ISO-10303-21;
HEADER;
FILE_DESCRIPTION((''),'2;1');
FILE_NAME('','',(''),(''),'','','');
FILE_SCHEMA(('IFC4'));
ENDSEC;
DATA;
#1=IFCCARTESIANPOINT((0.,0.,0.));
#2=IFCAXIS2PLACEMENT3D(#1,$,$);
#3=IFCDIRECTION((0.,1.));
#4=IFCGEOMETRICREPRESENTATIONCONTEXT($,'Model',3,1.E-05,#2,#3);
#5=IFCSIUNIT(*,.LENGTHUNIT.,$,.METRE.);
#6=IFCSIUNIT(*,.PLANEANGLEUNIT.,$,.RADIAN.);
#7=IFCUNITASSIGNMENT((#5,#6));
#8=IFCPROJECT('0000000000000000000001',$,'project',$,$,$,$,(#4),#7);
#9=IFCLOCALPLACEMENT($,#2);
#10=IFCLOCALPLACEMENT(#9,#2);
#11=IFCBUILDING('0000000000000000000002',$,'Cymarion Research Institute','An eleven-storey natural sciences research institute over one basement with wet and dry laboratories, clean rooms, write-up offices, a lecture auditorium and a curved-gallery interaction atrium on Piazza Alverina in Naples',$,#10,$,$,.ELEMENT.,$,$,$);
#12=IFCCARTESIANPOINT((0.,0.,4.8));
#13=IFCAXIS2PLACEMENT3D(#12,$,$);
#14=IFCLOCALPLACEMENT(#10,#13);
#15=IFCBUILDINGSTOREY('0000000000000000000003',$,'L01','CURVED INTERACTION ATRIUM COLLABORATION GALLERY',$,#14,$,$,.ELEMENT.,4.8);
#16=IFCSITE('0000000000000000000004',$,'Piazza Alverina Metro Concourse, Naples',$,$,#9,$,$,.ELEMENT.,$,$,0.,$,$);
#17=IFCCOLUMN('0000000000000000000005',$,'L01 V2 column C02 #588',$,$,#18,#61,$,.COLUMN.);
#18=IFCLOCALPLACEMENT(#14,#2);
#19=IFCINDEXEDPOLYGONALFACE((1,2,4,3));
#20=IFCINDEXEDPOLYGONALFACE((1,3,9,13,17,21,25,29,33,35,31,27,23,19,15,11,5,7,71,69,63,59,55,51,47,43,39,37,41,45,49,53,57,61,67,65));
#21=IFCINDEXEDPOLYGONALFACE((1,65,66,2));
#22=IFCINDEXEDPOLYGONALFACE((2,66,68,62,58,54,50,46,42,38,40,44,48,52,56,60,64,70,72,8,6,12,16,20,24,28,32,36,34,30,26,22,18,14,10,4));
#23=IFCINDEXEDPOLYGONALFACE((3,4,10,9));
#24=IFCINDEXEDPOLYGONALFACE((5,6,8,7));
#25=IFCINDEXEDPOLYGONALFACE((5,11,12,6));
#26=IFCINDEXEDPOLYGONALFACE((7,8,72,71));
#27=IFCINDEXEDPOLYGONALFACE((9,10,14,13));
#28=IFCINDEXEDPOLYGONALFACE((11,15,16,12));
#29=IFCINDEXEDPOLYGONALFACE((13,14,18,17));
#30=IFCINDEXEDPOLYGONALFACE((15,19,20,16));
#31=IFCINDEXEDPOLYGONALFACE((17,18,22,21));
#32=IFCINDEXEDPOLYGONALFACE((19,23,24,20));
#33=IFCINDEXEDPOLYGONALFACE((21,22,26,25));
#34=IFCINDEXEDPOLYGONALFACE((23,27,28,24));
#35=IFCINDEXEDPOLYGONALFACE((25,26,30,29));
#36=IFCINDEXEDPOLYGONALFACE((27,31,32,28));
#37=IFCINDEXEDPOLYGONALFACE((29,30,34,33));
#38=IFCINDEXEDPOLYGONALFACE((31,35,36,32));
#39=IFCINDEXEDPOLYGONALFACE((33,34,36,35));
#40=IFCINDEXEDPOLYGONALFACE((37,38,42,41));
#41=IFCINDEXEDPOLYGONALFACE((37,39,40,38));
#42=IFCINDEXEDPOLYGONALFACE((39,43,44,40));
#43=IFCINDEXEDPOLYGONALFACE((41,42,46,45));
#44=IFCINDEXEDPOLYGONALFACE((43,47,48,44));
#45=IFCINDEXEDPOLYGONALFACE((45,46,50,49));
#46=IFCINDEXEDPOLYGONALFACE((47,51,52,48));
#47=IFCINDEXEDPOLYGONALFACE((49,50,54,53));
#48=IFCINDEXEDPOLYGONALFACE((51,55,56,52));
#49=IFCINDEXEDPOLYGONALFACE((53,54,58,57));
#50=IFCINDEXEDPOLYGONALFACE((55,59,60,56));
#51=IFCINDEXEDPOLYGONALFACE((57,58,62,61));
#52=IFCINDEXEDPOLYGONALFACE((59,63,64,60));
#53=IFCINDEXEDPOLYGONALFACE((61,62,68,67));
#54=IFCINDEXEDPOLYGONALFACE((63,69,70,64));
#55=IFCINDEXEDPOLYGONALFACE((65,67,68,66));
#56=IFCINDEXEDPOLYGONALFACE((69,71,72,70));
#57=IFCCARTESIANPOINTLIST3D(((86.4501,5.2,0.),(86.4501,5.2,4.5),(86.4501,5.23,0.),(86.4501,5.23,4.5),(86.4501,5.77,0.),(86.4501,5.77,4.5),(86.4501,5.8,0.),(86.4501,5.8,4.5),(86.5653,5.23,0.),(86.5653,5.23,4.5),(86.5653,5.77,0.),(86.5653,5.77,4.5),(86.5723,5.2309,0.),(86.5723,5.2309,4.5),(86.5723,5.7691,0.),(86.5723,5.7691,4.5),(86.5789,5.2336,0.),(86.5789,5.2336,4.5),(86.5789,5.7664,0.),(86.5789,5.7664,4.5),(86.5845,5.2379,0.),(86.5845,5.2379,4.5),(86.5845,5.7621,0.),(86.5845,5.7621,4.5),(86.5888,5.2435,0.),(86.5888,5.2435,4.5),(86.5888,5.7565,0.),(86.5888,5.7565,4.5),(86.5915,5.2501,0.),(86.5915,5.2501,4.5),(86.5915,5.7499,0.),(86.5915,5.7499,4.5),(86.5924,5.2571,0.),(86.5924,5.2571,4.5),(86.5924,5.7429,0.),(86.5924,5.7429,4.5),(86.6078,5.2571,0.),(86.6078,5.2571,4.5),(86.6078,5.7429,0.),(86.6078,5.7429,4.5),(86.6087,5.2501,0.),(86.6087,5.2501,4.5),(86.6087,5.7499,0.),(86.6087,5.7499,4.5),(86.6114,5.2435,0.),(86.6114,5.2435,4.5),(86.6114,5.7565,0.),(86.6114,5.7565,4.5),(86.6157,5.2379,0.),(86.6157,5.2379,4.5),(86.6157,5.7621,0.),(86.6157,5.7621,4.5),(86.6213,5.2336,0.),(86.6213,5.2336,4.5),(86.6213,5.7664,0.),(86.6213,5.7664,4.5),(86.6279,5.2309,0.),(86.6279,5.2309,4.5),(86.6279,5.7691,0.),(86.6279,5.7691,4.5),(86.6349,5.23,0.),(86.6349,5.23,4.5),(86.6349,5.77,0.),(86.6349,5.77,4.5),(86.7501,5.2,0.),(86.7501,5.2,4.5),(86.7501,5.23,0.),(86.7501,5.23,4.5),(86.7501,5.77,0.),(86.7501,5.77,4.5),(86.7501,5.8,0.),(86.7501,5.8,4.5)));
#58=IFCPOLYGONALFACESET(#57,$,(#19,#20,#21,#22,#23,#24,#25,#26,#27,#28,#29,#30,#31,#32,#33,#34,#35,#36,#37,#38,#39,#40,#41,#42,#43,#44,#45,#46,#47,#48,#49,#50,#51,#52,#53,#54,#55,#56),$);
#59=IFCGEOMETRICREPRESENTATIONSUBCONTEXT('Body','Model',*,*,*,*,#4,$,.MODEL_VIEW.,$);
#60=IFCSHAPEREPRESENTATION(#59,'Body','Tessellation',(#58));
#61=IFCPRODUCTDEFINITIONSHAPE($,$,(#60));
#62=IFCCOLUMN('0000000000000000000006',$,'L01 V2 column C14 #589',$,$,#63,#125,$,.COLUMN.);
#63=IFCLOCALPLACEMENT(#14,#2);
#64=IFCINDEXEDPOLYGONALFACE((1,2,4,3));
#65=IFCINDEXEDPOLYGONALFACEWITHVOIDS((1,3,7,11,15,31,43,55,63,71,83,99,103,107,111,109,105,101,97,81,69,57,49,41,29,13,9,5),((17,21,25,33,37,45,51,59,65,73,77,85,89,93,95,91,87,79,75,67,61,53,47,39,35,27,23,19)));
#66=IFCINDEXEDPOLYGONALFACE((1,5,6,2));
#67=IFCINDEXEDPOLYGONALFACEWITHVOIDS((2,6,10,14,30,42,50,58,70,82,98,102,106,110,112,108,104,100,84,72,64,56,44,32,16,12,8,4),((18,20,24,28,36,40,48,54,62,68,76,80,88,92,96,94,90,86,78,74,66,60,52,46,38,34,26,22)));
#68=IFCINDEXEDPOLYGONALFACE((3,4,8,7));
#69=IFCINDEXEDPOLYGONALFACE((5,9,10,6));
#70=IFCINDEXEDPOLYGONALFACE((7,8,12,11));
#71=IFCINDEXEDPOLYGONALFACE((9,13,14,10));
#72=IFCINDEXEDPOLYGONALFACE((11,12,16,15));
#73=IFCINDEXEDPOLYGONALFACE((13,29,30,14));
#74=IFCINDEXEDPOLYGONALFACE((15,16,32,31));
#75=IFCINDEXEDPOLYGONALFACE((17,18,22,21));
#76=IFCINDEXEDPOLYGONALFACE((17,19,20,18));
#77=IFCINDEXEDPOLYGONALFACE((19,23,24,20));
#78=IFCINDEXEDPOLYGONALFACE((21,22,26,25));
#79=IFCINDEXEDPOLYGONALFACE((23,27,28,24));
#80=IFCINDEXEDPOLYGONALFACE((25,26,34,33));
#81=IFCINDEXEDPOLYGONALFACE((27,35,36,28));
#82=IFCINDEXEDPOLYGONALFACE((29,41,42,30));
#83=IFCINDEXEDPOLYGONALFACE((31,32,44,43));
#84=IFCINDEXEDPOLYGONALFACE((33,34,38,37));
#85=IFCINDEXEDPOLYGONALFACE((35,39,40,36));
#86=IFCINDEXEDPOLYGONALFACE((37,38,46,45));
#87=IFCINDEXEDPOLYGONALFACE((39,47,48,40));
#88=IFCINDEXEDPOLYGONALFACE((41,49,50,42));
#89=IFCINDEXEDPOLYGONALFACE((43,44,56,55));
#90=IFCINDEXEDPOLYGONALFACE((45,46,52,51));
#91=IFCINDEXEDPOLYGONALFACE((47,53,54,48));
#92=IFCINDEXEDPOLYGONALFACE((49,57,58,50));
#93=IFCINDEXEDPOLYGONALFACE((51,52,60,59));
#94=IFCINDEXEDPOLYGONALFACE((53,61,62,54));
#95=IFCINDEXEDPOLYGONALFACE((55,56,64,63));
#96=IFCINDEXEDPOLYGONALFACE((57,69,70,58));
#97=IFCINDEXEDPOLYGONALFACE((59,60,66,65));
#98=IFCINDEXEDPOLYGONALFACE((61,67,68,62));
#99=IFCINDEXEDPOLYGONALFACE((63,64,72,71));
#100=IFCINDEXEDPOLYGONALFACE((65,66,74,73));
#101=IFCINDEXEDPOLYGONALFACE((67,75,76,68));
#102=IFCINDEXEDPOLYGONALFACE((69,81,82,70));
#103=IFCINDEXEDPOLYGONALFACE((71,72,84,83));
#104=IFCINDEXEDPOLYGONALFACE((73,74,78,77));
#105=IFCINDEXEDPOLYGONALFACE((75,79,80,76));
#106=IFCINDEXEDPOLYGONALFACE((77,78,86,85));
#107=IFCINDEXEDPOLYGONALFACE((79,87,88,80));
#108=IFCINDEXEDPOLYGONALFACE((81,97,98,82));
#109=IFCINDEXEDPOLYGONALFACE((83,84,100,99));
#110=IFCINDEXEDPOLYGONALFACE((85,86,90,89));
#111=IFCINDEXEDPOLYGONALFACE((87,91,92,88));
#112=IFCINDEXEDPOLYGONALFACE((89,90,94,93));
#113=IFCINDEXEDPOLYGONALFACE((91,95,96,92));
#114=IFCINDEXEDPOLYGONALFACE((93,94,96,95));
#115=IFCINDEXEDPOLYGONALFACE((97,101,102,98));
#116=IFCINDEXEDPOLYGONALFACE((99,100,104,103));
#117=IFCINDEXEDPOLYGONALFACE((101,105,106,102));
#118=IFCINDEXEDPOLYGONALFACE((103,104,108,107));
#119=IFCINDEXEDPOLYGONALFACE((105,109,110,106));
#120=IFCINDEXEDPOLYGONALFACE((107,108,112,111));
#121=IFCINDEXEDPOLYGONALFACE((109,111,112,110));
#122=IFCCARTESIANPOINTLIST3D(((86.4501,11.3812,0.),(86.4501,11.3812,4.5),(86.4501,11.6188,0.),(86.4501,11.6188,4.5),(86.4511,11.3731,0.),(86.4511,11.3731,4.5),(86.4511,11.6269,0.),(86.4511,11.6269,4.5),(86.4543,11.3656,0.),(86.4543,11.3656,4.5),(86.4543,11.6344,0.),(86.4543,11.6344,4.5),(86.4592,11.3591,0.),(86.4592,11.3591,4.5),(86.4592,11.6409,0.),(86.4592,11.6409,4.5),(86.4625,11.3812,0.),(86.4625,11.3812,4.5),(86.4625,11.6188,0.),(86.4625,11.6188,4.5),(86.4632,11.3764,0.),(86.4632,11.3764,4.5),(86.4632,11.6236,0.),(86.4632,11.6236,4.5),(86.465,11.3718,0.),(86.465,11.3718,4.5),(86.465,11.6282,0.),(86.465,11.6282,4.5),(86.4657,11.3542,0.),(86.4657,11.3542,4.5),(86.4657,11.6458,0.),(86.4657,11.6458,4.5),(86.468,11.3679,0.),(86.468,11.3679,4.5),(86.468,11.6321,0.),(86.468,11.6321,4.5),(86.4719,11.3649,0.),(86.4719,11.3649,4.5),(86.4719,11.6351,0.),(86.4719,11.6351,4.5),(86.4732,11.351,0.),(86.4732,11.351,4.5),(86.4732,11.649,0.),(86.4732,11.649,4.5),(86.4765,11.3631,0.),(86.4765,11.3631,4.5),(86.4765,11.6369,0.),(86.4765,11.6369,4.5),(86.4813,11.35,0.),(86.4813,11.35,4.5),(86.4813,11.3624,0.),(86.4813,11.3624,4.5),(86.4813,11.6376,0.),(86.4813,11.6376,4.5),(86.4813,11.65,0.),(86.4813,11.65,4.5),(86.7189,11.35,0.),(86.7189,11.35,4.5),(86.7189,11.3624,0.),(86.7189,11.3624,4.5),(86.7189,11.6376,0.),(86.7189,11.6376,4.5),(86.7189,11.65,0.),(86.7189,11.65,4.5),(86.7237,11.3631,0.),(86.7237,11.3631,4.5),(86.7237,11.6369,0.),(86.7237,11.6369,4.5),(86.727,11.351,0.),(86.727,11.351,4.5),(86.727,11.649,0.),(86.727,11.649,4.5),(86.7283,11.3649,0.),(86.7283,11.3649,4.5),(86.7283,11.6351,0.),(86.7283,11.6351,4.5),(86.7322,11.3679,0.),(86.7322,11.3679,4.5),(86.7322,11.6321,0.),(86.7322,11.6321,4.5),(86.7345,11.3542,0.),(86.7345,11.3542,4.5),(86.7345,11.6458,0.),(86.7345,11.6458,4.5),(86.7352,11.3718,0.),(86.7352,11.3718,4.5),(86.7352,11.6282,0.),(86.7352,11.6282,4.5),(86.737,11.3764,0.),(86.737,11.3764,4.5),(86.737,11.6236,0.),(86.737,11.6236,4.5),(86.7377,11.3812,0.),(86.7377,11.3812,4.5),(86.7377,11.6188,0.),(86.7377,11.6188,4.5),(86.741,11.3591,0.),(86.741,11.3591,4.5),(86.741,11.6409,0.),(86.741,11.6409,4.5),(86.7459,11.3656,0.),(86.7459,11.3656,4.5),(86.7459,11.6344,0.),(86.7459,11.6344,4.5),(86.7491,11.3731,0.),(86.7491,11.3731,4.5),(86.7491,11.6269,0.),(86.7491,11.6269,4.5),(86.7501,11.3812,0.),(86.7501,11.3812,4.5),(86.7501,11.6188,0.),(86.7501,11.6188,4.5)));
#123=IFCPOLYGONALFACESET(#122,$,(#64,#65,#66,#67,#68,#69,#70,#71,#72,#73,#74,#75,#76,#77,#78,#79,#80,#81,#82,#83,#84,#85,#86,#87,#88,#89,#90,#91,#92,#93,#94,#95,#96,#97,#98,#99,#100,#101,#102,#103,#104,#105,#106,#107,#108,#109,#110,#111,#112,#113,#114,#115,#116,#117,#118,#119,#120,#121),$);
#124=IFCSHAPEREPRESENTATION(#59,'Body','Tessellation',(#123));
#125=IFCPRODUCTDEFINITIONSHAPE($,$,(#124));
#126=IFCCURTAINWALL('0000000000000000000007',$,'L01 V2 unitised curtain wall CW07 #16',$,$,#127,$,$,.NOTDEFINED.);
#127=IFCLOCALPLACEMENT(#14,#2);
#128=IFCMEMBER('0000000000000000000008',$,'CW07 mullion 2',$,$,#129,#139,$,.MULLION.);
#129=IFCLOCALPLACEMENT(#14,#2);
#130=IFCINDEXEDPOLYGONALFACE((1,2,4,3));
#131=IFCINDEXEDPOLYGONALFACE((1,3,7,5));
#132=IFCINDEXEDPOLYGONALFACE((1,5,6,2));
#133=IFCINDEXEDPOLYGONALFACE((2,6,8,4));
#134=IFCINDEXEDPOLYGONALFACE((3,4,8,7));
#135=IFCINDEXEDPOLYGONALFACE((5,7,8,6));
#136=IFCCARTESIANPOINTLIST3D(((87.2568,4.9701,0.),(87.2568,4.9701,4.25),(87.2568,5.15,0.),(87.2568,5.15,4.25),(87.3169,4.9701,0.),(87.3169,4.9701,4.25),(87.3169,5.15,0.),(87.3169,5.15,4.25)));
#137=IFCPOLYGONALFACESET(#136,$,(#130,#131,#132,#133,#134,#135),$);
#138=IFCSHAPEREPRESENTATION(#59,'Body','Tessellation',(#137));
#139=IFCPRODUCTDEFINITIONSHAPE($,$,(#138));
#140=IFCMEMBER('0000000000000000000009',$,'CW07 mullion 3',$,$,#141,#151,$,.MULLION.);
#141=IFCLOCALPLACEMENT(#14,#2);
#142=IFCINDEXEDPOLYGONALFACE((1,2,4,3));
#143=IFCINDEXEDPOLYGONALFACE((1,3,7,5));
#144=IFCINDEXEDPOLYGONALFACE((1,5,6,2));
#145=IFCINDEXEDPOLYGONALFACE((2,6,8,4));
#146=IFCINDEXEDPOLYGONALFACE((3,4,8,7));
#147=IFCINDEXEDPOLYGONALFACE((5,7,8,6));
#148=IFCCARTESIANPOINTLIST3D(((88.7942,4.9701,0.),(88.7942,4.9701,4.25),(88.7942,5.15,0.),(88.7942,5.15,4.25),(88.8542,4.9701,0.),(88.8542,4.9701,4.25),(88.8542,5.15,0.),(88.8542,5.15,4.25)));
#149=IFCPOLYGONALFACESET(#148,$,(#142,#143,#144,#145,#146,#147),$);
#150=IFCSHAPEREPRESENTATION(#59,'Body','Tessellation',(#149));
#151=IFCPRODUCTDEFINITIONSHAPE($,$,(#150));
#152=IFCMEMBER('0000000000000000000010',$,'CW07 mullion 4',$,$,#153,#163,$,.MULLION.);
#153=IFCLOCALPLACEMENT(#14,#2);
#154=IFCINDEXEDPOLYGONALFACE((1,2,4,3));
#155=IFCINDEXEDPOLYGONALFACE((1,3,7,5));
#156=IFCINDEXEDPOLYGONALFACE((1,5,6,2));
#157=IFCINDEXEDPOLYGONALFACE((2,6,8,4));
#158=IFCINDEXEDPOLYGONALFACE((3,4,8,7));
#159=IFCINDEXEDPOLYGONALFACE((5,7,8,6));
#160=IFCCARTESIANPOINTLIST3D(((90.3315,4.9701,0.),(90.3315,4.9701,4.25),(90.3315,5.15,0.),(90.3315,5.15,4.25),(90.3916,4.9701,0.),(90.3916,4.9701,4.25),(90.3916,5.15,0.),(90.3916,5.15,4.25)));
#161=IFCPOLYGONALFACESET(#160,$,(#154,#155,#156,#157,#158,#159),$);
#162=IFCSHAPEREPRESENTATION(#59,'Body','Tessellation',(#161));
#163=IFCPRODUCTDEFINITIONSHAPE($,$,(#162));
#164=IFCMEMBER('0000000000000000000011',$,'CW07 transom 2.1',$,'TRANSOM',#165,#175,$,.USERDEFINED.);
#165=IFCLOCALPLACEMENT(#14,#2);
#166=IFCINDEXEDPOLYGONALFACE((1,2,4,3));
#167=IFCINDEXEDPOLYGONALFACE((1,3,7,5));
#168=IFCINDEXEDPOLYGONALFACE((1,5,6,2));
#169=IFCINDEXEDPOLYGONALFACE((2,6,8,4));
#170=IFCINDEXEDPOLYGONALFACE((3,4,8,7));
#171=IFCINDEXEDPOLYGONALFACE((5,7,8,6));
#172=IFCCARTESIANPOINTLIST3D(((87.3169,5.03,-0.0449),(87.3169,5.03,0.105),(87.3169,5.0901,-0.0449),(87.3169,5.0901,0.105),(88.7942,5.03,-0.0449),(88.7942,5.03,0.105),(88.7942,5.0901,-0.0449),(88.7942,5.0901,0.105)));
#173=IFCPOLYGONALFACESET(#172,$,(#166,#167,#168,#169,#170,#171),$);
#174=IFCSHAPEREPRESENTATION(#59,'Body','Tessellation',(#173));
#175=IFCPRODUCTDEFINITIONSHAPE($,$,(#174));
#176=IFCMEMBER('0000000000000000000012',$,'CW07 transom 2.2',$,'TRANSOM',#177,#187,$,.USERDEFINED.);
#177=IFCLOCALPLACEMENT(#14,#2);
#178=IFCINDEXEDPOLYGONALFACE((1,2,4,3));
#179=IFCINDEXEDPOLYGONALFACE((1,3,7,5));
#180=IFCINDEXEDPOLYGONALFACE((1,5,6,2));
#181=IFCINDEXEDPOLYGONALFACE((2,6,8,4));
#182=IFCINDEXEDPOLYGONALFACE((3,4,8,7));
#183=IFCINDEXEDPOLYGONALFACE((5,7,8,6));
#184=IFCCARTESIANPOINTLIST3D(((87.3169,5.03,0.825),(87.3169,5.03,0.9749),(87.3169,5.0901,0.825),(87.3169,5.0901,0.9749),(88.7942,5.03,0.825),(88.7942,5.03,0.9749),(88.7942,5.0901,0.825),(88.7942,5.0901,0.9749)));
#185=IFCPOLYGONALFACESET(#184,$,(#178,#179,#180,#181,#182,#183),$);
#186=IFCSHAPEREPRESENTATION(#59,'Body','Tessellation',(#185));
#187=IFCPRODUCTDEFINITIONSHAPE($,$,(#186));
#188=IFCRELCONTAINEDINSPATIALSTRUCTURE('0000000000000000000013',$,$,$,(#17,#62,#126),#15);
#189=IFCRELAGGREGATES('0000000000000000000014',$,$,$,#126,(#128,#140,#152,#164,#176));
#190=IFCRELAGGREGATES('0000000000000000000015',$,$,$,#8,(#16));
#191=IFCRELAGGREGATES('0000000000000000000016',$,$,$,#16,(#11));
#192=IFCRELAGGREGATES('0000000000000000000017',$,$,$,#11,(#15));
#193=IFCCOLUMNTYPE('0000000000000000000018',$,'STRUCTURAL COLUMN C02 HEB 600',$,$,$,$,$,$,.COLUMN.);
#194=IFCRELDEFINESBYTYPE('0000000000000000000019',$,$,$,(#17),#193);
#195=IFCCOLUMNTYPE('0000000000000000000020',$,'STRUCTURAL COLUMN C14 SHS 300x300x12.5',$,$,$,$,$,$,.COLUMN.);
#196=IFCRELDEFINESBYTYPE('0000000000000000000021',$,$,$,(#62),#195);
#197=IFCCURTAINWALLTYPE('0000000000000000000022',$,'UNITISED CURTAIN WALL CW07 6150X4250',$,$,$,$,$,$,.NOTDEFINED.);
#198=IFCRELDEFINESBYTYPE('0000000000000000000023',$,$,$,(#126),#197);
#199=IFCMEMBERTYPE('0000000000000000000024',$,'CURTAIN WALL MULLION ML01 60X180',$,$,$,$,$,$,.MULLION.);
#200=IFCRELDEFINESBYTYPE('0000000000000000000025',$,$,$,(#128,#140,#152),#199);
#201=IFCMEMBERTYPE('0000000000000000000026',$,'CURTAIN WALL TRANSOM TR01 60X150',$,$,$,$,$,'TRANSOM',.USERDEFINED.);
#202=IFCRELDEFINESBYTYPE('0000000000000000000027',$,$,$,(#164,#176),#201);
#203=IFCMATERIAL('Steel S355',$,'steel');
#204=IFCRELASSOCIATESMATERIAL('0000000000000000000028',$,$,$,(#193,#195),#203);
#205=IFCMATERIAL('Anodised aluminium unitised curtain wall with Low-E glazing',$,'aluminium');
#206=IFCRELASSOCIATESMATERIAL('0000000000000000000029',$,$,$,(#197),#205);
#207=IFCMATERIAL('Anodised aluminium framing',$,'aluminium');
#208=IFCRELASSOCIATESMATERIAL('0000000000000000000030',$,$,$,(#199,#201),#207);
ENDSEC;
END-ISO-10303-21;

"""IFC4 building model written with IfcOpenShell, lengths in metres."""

from ifc_helpers import new_model, si_unit, direction, frame, origin, origin_2d, place, context, subcontext, project, spatial, rectangle, hollow_rectangle, i_section, extrude, material, material_profile, profile_set, type_object, element, aggregate, save


model = new_model("IFC4")

# Units and contexts
model_context = context("Model", 3, precision=1e-05, world=origin(), true_north=direction((0.0, 1.0)))
body_context = subcontext(model_context, "Body", "Model", "MODEL_VIEW")
ifc_project = project(units=[si_unit("LENGTHUNIT", "METRE"), si_unit("PLANEANGLEUNIT", "RADIAN")], contexts=[model_context])

# Site, building, storey
site_placement = place(None, origin())
site = spatial("IfcSite", under=ifc_project, at=site_placement, Name="Piazza Alverina Metro Concourse, Naples", CompositionType="ELEMENT", RefElevation=0.0)
building_placement = place(site_placement, origin())
building = spatial("IfcBuilding", under=site, at=building_placement, Name="Cymarion Research Institute", Description="An eleven-storey natural sciences research institute over one basement with wet and dry laboratories, clean rooms, write-up offices, a lecture auditorium and a curved-gallery interaction atrium on Piazza Alverina in Naples", CompositionType="ELEMENT")
storey_placement = place(building_placement, frame((0.0, 0.0, 4.8)))
storey = spatial("IfcBuildingStorey", under=building, at=storey_placement, Name="L01", Description="CURVED INTERACTION ATRIUM COLLABORATION GALLERY", CompositionType="ELEMENT", Elevation=4.8)

# Columns
ifc_material_1 = material(Name="Steel S355", Category="steel")
ifc_material_profile_1 = material_profile(ifc_material_1, i_section(OverallWidth=0.3, OverallDepth=0.6001, WebThickness=0.0154, FlangeThickness=0.03, FilletRadius=0.0271, at=origin_2d()), Name="HEB 600")
ifc_profile_set_1 = profile_set([ifc_material_profile_1], Name="Steel S355")
column_type_1 = type_object("IfcColumnType", Name="STRUCTURAL COLUMN C02 HEB 600", PredefinedType="COLUMN", material=ifc_profile_set_1)
column_1_placement = place(storey_placement, frame((86.6001, 5.5, 0.0), z_axis=(0.0, 0.0, 1.0), x_axis=(1.0, 0.0, 0.0)))
element("IfcColumn", 1, at=column_1_placement, inside=storey, type_object=column_type_1, Name="L01 V2 column C02 #588", PredefinedType="COLUMN", context=body_context, shape_type="SweptSolid", body=[
    extrude(i_section(OverallWidth=0.3, OverallDepth=0.6001, WebThickness=0.0154, FlangeThickness=0.03, FilletRadius=0.0271, at=origin_2d()), origin(), (0.0, 0.0, 1.0), 4.5),
])
ifc_material_profile_2 = material_profile(ifc_material_1, hollow_rectangle(XDim=0.3, YDim=0.3, WallThickness=0.0125, InnerFilletRadius=0.0188, OuterFilletRadius=0.0312, at=origin_2d()), Name="SHS 300x300x12.5")
ifc_profile_set_2 = profile_set([ifc_material_profile_2], Name="Steel S355")
column_type_2 = type_object("IfcColumnType", Name="STRUCTURAL COLUMN C14 SHS 300x300x12.5", PredefinedType="COLUMN", material=ifc_profile_set_2)
column_2_placement = place(storey_placement, frame((86.6001, 11.5, 0.0), z_axis=(0.0, 0.0, 1.0), x_axis=(1.0, 0.0, 0.0)))
element("IfcColumn", 2, at=column_2_placement, inside=storey, type_object=column_type_2, Name="L01 V2 column C14 #589", PredefinedType="COLUMN", context=body_context, shape_type="SweptSolid", body=[
    extrude(hollow_rectangle(XDim=0.3, YDim=0.3, WallThickness=0.0125, InnerFilletRadius=0.0188, OuterFilletRadius=0.0312, at=origin_2d()), origin(), (0.0, 0.0, 1.0), 4.5),
])

# Curtain wall, members
ifc_material_2 = material(Name="Anodised aluminium unitised curtain wall with Low-E glazing", Category="aluminium")
curtain_wall_type = type_object("IfcCurtainWallType", Name="UNITISED CURTAIN WALL CW07 6150X4250", PredefinedType="NOTDEFINED", material=ifc_material_2)
curtain_wall_placement = place(storey_placement, origin())
curtain_wall = element("IfcCurtainWall", 3, at=curtain_wall_placement, inside=storey, type_object=curtain_wall_type, Name="L01 V2 unitised curtain wall CW07 #16", PredefinedType="NOTDEFINED")
ifc_material_3 = material(Name="Anodised aluminium framing", Category="aluminium")
ifc_material_profile_3 = material_profile(ifc_material_3, rectangle(XDim=0.0601, YDim=0.1799, at=origin_2d()), Name="ALU MULLION 60x180")
ifc_profile_set_3 = profile_set([ifc_material_profile_3], Name="Anodised aluminium framing")
member_type_1 = type_object("IfcMemberType", Name="CURTAIN WALL MULLION ML01 60X180", PredefinedType="MULLION", material=ifc_profile_set_3)
member_1_placement = place(storey_placement, frame((87.2869, 5.0601, 0.0), z_axis=(0.0, 0.0, 1.0), x_axis=(1.0, 0.0, 0.0)))
member_1 = element("IfcMember", 4, at=member_1_placement, type_object=member_type_1, Name="CW07 mullion 2", PredefinedType="MULLION", context=body_context, shape_type="SweptSolid", body=[
    extrude(rectangle(XDim=0.0601, YDim=0.1799, at=origin_2d()), origin(), (0.0, 0.0, 1.0), 4.25),
])
member_2_placement = place(storey_placement, frame((88.8242, 5.0601, 0.0), z_axis=(0.0, 0.0, 1.0), x_axis=(1.0, 0.0, 0.0)))
member_2 = element("IfcMember", 5, at=member_2_placement, type_object=member_type_1, Name="CW07 mullion 3", PredefinedType="MULLION", context=body_context, shape_type="SweptSolid", body=[
    extrude(rectangle(XDim=0.0601, YDim=0.1799, at=origin_2d()), origin(), (0.0, 0.0, 1.0), 4.25),
])
member_3_placement = place(storey_placement, frame((90.3616, 5.0601, 0.0), z_axis=(0.0, 0.0, 1.0), x_axis=(1.0, 0.0, 0.0)))
member_3 = element("IfcMember", 6, at=member_3_placement, type_object=member_type_1, Name="CW07 mullion 4", PredefinedType="MULLION", context=body_context, shape_type="SweptSolid", body=[
    extrude(rectangle(XDim=0.0601, YDim=0.1799, at=origin_2d()), origin(), (0.0, 0.0, 1.0), 4.25),
])
ifc_material_profile_4 = material_profile(ifc_material_3, rectangle(XDim=0.0601, YDim=0.1499, at=origin_2d()), Name="ALU TRANSOM 60x150")
ifc_profile_set_4 = profile_set([ifc_material_profile_4], Name="Anodised aluminium framing")
member_type_2 = type_object("IfcMemberType", Name="CURTAIN WALL TRANSOM TR01 60X150", ElementType="TRANSOM", PredefinedType="USERDEFINED", material=ifc_profile_set_4)
member_4_placement = place(storey_placement, frame((87.3169, 5.0601, 0.03), z_axis=(1.0, 0.0, 0.0), x_axis=(0.0, 1.0, 0.0)))
member_4 = element("IfcMember", 7, at=member_4_placement, type_object=member_type_2, Name="CW07 transom 2.1", ObjectType="TRANSOM", PredefinedType="USERDEFINED", context=body_context, shape_type="SweptSolid", body=[
    extrude(rectangle(XDim=0.0601, YDim=0.1499, at=origin_2d()), origin(), (0.0, 0.0, 1.0), 1.4773),
])
member_5_placement = place(storey_placement, frame((87.3169, 5.0601, 0.8999), z_axis=(1.0, 0.0, 0.0), x_axis=(0.0, 1.0, 0.0)))
member_5 = element("IfcMember", 8, at=member_5_placement, type_object=member_type_2, Name="CW07 transom 2.2", ObjectType="TRANSOM", PredefinedType="USERDEFINED", context=body_context, shape_type="SweptSolid", body=[
    extrude(rectangle(XDim=0.0601, YDim=0.1499, at=origin_2d()), origin(), (0.0, 0.0, 1.0), 1.4773),
])

aggregate(curtain_wall, [member_1, member_2, member_3, member_4, member_5])

save(model, "model.ifc")
